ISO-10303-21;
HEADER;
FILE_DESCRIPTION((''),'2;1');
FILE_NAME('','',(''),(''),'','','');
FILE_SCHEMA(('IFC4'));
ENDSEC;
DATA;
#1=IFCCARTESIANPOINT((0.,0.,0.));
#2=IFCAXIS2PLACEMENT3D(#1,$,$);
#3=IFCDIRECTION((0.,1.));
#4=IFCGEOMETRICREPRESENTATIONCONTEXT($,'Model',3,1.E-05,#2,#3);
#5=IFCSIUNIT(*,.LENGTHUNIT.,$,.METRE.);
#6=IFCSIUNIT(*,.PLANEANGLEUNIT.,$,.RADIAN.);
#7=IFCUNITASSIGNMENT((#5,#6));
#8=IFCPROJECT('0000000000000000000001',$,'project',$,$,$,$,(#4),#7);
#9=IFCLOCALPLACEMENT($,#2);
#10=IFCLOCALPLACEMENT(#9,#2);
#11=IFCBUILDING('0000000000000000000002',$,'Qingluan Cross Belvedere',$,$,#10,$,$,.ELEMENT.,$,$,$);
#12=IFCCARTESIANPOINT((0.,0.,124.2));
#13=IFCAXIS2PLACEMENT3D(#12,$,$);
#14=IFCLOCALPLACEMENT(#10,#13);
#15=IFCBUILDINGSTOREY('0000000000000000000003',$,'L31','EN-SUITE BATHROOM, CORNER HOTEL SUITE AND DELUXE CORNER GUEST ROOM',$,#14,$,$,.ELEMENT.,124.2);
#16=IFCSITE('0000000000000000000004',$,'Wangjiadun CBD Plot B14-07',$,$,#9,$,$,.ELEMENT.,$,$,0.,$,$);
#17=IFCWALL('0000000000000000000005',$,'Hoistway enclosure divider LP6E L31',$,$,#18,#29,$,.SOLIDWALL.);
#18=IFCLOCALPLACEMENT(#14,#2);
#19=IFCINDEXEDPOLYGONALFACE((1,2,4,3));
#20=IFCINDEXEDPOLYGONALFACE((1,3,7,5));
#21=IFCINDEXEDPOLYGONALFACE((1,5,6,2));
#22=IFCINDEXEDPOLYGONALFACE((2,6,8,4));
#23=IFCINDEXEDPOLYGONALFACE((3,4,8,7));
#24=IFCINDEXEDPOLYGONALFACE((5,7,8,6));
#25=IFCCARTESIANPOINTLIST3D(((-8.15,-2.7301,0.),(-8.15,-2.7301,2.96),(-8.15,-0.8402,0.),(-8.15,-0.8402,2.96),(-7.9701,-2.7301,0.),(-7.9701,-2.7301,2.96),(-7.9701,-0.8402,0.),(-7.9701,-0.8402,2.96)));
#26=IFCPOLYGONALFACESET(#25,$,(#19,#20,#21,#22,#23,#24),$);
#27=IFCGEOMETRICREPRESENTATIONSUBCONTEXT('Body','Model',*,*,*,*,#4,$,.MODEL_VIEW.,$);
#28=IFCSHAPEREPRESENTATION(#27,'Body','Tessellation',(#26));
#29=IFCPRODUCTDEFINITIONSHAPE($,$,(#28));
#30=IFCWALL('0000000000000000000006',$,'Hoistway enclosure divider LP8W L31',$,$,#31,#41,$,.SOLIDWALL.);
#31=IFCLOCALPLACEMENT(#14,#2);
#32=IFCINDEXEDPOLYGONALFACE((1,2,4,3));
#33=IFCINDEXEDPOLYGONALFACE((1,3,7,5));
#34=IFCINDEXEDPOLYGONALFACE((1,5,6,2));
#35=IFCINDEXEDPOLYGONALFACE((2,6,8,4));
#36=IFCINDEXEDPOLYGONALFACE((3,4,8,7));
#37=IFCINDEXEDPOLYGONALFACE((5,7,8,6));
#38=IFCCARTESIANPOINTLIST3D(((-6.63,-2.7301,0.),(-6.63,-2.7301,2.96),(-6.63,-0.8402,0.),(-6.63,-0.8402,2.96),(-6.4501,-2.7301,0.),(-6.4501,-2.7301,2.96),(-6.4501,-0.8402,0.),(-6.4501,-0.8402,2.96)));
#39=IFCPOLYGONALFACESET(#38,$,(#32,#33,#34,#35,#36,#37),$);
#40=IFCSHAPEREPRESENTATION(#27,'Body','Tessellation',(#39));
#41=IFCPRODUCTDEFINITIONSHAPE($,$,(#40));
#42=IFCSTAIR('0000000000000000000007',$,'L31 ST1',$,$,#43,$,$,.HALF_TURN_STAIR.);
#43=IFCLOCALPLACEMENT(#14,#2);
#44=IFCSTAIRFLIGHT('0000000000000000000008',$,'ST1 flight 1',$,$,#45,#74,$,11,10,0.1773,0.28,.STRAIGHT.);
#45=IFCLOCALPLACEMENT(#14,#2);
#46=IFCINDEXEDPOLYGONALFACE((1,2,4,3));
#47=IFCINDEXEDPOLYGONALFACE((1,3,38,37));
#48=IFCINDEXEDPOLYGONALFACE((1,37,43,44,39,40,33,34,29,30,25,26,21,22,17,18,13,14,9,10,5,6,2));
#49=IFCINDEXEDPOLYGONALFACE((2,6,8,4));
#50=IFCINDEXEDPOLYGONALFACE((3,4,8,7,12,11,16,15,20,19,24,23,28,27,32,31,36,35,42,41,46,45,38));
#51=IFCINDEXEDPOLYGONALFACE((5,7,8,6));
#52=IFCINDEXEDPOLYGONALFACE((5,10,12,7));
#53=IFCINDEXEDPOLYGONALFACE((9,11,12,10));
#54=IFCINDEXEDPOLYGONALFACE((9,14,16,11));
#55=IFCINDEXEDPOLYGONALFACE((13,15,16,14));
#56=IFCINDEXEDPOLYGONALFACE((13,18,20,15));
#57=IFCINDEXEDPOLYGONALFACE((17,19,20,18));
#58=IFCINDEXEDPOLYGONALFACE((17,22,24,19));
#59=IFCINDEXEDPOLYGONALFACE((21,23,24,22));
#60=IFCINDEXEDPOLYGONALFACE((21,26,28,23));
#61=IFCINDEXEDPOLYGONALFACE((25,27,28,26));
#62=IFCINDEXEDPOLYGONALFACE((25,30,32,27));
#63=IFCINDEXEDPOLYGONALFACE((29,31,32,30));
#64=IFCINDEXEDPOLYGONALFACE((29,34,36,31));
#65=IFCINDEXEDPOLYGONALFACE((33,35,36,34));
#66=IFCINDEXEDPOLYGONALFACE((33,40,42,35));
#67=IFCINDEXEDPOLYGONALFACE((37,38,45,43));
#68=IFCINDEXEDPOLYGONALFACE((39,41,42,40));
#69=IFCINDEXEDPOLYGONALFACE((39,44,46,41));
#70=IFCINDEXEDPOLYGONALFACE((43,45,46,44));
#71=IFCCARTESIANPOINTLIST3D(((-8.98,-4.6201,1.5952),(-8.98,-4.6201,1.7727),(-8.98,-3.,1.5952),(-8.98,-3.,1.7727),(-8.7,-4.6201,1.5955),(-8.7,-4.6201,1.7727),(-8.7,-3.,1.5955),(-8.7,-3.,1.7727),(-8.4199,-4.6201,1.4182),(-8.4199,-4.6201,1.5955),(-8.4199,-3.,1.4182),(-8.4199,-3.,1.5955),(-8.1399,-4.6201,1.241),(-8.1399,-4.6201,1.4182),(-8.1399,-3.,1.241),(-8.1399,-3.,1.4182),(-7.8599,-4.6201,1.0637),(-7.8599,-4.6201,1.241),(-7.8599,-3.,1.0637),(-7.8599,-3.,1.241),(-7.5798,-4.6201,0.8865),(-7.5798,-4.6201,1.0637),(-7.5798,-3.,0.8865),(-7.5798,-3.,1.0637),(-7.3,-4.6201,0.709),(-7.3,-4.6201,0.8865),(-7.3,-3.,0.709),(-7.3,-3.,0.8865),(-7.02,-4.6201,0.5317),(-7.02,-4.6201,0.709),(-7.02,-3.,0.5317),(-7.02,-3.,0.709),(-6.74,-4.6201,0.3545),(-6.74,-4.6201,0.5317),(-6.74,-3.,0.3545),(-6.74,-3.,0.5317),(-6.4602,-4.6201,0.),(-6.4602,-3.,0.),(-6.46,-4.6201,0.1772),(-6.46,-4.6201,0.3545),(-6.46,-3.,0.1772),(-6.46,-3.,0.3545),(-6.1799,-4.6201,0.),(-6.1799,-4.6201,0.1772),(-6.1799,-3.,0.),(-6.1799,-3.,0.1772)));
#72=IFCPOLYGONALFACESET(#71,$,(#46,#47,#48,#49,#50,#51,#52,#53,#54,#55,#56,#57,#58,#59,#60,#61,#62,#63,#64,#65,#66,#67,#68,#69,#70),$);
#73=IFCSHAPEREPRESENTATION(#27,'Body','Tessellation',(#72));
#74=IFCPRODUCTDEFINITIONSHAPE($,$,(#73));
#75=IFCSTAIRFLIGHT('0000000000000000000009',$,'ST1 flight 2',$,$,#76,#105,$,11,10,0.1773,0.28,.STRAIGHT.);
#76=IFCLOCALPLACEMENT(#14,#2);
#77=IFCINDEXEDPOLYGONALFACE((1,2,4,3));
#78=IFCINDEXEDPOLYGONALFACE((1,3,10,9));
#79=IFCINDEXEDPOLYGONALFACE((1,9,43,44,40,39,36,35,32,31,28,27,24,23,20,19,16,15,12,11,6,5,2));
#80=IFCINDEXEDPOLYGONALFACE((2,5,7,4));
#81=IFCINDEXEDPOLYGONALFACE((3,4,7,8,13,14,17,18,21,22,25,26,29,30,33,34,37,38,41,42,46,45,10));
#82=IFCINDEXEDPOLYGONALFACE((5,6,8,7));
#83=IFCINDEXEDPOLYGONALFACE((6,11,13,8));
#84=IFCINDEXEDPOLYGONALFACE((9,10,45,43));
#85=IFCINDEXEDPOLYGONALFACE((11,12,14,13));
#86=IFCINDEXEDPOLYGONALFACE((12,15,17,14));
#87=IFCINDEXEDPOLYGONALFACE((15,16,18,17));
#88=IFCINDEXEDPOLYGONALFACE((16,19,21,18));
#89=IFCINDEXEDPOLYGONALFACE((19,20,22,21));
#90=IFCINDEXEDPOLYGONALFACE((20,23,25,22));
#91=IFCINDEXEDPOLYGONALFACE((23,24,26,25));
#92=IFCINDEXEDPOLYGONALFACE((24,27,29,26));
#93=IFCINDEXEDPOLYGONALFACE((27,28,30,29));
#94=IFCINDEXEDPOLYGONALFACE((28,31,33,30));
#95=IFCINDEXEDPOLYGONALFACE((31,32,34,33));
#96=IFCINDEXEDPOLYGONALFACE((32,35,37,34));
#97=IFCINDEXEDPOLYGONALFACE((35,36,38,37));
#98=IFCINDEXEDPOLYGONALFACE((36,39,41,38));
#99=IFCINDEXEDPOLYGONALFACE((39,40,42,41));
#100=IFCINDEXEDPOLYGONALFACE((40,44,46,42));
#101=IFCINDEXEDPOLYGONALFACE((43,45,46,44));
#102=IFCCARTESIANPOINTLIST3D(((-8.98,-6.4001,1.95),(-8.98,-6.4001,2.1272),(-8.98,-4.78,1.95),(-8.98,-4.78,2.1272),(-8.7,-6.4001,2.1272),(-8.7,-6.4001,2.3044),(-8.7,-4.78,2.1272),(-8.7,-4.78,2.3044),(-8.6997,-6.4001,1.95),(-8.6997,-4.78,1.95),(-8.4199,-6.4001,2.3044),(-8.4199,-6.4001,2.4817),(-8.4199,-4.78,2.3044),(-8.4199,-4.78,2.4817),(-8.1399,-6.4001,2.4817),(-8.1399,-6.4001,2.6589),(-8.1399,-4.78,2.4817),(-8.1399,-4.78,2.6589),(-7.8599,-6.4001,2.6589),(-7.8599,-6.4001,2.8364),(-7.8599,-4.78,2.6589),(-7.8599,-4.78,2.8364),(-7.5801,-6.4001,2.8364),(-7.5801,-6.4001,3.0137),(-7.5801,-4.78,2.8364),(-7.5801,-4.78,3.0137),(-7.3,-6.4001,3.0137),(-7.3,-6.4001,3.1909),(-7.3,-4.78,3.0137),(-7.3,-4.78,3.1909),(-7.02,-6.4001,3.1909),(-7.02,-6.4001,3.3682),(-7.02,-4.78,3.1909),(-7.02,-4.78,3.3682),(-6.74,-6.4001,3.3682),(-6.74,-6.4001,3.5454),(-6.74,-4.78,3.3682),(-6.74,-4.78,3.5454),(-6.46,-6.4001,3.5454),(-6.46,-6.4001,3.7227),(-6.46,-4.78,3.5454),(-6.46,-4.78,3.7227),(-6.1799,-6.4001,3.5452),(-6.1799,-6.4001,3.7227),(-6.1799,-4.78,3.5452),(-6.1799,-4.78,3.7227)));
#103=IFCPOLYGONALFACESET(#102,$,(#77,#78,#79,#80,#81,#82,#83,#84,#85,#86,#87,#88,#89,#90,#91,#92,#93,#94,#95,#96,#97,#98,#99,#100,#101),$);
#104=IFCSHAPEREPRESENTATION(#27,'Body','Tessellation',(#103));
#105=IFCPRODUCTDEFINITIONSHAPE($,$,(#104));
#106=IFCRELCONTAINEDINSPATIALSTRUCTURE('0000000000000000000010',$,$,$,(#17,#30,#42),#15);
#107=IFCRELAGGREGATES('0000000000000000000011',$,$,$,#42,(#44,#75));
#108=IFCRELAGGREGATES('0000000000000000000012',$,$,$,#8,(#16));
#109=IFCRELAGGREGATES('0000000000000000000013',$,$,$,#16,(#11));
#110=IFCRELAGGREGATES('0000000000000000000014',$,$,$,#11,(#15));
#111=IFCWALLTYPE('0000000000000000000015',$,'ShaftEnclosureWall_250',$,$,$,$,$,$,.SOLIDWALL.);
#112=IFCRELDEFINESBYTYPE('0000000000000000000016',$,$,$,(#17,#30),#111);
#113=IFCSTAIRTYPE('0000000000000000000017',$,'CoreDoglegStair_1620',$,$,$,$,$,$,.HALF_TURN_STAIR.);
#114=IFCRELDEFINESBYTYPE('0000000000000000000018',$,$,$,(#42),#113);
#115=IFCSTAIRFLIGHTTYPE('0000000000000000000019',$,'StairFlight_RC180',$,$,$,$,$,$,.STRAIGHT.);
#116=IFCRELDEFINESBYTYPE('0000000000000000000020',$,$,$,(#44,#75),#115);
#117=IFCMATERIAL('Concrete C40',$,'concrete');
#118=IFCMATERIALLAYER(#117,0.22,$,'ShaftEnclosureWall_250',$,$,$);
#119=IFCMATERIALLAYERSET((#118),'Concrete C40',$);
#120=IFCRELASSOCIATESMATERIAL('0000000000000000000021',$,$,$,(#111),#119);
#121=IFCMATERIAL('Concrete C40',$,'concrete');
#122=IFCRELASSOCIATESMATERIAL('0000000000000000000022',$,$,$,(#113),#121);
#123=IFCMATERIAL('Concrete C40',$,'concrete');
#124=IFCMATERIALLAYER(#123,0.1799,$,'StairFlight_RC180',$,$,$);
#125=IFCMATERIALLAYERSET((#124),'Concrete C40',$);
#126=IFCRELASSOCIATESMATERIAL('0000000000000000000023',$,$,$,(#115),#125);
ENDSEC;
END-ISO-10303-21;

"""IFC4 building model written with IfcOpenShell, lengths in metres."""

from ifc_helpers import new_model, si_unit, direction, frame, frame_2d, origin, place, context, subcontext, project, spatial, polyline, rectangle, outline, extrude, material, layer, layer_set, type_object, element, aggregate, save


model = new_model("IFC4")

# Units and contexts
model_context = context("Model", 3, precision=1e-05, world=origin(), true_north=direction((0.0, 1.0)))
body_context = subcontext(model_context, "Body", "Model", "MODEL_VIEW")
ifc_project = project(units=[si_unit("LENGTHUNIT", "METRE"), si_unit("PLANEANGLEUNIT", "RADIAN")], contexts=[model_context])

# Site, building, storey
site_placement = place(None, origin())
site = spatial("IfcSite", under=ifc_project, at=site_placement, Name="Wangjiadun CBD Plot B14-07", CompositionType="ELEMENT", RefElevation=0.0)
building_placement = place(site_placement, origin())
building = spatial("IfcBuilding", under=site, at=building_placement, Name="Qingluan Cross Belvedere", CompositionType="ELEMENT")
storey_placement = place(building_placement, frame((0.0, 0.0, 124.2)))
storey = spatial("IfcBuildingStorey", under=building, at=storey_placement, Name="L31", Description="EN-SUITE BATHROOM, CORNER HOTEL SUITE AND DELUXE CORNER GUEST ROOM", CompositionType="ELEMENT", Elevation=124.2)

# Walls
ifc_material_1 = material(Name="Concrete C40", Category="concrete")
ifc_layer_1 = layer(ifc_material_1, 0.22, Name="ShaftEnclosureWall_250")
ifc_layer_set_1 = layer_set([ifc_layer_1], Name="Concrete C40")
wall_type_1 = type_object("IfcWallType", Name="ShaftEnclosureWall_250", PredefinedType="SOLIDWALL", material=ifc_layer_set_1)
for number, where, z_axis, x_axis, name in (
    (1, (-8.0601, -2.73, 0.0), (0.0, 0.0, 1.0), (0.0, 1.0, 0.0), "Hoistway enclosure divider LP6E L31"),
    (2, (-6.54, -2.73, 0.0), (0.0, 0.0, 1.0), (0.0, 1.0, 0.0), "Hoistway enclosure divider LP8W L31"),
):
    element("IfcWall", number, at=place(storey_placement, frame(where, z_axis=z_axis, x_axis=x_axis)), inside=storey, type_object=wall_type_1, Name=name, PredefinedType="SOLIDWALL", context=body_context, shape_type="SweptSolid", body=[
        extrude(rectangle(XDim=1.8899, YDim=0.1799, at=frame_2d((0.9448, 0.0))), origin(), (0.0, 0.0, 1.0), 2.96),
    ])

# Stair, stair flights
ifc_material_2 = material(Name="Concrete C40", Category="concrete")
stair_type = type_object("IfcStairType", Name="CoreDoglegStair_1620", PredefinedType="HALF_TURN_STAIR", material=ifc_material_2)
stair_placement = place(storey_placement, origin())
stair = element("IfcStair", 3, at=stair_placement, inside=storey, type_object=stair_type, Name="L31 ST1", PredefinedType="HALF_TURN_STAIR")
ifc_material_3 = material(Name="Concrete C40", Category="concrete")
ifc_layer_2 = layer(ifc_material_3, 0.1799, Name="StairFlight_RC180")
ifc_layer_set_2 = layer_set([ifc_layer_2], Name="Concrete C40")
stair_flight_type = type_object("IfcStairFlightType", Name="StairFlight_RC180", PredefinedType="STRAIGHT", material=ifc_layer_set_2)
stair_flight_1_placement = place(storey_placement, frame((-6.1799, -3.8101, 0.0), z_axis=(0.0, 0.0, 1.0), x_axis=(-1.0, 0.0, 0.0)))
stair_flight_1 = element("IfcStairFlight", 4, at=stair_flight_1_placement, type_object=stair_flight_type, Name="ST1 flight 1", NumberOfRisers=11, NumberOfTreads=10, PredefinedType="STRAIGHT", RiserHeight=0.1773, TreadLength=0.28, context=body_context, shape_type="SweptSolid", body=[
    extrude(outline(polyline([(0.0, 0.0), (0.0, 0.1772), (0.28, 0.1772), (0.28, 0.3545), (0.5601, 0.3545), (0.5601, 0.5317), (0.8401, 0.5317), (0.8401, 0.709), (1.1201, 0.709), (1.1201, 0.8865), (1.3999, 0.8865), (1.3999, 1.0637), (1.6799, 1.0637), (1.6799, 1.241), (1.96, 1.241), (1.96, 1.4182), (2.24, 1.4182), (2.24, 1.5955), (2.52, 1.5955), (2.52, 1.7727), (2.8, 1.7727), (2.8, 1.95), (2.8, 1.5952), (0.2803, 0.0), (0.0, 0.0)])), frame((0.0, 0.8101, 0.0), z_axis=(0.0, -1.0, 0.0), x_axis=(1.0, 0.0, 0.0)), (0.0, 0.0, 1.0), 1.6201),
])
stair_flight_2_placement = place(storey_placement, frame((-8.98, -5.5901, 1.95), z_axis=(0.0, 0.0, 1.0), x_axis=(1.0, 0.0, 0.0)))
stair_flight_2 = element("IfcStairFlight", 5, at=stair_flight_2_placement, type_object=stair_flight_type, Name="ST1 flight 2", NumberOfRisers=11, NumberOfTreads=10, PredefinedType="STRAIGHT", RiserHeight=0.1773, TreadLength=0.28, context=body_context, shape_type="SweptSolid", body=[
    extrude(outline(polyline([(0.0, 0.0), (0.0, 0.1772), (0.28, 0.1772), (0.28, 0.3545), (0.5601, 0.3545), (0.5601, 0.5317), (0.8401, 0.5317), (0.8401, 0.709), (1.1201, 0.709), (1.1201, 0.8865), (1.3999, 0.8865), (1.3999, 1.0637), (1.6799, 1.0637), (1.6799, 1.241), (1.96, 1.241), (1.96, 1.4182), (2.24, 1.4182), (2.24, 1.5955), (2.52, 1.5955), (2.52, 1.7727), (2.8, 1.7727), (2.8, 1.95), (2.8, 1.5952), (0.2803, 0.0), (0.0, 0.0)])), frame((0.0, 0.8101, 0.0), z_axis=(0.0, -1.0, 0.0), x_axis=(1.0, 0.0, 0.0)), (0.0, 0.0, 1.0), 1.6201),
])
aggregate(stair, [stair_flight_1, stair_flight_2])

save(model, "model.ifc")
